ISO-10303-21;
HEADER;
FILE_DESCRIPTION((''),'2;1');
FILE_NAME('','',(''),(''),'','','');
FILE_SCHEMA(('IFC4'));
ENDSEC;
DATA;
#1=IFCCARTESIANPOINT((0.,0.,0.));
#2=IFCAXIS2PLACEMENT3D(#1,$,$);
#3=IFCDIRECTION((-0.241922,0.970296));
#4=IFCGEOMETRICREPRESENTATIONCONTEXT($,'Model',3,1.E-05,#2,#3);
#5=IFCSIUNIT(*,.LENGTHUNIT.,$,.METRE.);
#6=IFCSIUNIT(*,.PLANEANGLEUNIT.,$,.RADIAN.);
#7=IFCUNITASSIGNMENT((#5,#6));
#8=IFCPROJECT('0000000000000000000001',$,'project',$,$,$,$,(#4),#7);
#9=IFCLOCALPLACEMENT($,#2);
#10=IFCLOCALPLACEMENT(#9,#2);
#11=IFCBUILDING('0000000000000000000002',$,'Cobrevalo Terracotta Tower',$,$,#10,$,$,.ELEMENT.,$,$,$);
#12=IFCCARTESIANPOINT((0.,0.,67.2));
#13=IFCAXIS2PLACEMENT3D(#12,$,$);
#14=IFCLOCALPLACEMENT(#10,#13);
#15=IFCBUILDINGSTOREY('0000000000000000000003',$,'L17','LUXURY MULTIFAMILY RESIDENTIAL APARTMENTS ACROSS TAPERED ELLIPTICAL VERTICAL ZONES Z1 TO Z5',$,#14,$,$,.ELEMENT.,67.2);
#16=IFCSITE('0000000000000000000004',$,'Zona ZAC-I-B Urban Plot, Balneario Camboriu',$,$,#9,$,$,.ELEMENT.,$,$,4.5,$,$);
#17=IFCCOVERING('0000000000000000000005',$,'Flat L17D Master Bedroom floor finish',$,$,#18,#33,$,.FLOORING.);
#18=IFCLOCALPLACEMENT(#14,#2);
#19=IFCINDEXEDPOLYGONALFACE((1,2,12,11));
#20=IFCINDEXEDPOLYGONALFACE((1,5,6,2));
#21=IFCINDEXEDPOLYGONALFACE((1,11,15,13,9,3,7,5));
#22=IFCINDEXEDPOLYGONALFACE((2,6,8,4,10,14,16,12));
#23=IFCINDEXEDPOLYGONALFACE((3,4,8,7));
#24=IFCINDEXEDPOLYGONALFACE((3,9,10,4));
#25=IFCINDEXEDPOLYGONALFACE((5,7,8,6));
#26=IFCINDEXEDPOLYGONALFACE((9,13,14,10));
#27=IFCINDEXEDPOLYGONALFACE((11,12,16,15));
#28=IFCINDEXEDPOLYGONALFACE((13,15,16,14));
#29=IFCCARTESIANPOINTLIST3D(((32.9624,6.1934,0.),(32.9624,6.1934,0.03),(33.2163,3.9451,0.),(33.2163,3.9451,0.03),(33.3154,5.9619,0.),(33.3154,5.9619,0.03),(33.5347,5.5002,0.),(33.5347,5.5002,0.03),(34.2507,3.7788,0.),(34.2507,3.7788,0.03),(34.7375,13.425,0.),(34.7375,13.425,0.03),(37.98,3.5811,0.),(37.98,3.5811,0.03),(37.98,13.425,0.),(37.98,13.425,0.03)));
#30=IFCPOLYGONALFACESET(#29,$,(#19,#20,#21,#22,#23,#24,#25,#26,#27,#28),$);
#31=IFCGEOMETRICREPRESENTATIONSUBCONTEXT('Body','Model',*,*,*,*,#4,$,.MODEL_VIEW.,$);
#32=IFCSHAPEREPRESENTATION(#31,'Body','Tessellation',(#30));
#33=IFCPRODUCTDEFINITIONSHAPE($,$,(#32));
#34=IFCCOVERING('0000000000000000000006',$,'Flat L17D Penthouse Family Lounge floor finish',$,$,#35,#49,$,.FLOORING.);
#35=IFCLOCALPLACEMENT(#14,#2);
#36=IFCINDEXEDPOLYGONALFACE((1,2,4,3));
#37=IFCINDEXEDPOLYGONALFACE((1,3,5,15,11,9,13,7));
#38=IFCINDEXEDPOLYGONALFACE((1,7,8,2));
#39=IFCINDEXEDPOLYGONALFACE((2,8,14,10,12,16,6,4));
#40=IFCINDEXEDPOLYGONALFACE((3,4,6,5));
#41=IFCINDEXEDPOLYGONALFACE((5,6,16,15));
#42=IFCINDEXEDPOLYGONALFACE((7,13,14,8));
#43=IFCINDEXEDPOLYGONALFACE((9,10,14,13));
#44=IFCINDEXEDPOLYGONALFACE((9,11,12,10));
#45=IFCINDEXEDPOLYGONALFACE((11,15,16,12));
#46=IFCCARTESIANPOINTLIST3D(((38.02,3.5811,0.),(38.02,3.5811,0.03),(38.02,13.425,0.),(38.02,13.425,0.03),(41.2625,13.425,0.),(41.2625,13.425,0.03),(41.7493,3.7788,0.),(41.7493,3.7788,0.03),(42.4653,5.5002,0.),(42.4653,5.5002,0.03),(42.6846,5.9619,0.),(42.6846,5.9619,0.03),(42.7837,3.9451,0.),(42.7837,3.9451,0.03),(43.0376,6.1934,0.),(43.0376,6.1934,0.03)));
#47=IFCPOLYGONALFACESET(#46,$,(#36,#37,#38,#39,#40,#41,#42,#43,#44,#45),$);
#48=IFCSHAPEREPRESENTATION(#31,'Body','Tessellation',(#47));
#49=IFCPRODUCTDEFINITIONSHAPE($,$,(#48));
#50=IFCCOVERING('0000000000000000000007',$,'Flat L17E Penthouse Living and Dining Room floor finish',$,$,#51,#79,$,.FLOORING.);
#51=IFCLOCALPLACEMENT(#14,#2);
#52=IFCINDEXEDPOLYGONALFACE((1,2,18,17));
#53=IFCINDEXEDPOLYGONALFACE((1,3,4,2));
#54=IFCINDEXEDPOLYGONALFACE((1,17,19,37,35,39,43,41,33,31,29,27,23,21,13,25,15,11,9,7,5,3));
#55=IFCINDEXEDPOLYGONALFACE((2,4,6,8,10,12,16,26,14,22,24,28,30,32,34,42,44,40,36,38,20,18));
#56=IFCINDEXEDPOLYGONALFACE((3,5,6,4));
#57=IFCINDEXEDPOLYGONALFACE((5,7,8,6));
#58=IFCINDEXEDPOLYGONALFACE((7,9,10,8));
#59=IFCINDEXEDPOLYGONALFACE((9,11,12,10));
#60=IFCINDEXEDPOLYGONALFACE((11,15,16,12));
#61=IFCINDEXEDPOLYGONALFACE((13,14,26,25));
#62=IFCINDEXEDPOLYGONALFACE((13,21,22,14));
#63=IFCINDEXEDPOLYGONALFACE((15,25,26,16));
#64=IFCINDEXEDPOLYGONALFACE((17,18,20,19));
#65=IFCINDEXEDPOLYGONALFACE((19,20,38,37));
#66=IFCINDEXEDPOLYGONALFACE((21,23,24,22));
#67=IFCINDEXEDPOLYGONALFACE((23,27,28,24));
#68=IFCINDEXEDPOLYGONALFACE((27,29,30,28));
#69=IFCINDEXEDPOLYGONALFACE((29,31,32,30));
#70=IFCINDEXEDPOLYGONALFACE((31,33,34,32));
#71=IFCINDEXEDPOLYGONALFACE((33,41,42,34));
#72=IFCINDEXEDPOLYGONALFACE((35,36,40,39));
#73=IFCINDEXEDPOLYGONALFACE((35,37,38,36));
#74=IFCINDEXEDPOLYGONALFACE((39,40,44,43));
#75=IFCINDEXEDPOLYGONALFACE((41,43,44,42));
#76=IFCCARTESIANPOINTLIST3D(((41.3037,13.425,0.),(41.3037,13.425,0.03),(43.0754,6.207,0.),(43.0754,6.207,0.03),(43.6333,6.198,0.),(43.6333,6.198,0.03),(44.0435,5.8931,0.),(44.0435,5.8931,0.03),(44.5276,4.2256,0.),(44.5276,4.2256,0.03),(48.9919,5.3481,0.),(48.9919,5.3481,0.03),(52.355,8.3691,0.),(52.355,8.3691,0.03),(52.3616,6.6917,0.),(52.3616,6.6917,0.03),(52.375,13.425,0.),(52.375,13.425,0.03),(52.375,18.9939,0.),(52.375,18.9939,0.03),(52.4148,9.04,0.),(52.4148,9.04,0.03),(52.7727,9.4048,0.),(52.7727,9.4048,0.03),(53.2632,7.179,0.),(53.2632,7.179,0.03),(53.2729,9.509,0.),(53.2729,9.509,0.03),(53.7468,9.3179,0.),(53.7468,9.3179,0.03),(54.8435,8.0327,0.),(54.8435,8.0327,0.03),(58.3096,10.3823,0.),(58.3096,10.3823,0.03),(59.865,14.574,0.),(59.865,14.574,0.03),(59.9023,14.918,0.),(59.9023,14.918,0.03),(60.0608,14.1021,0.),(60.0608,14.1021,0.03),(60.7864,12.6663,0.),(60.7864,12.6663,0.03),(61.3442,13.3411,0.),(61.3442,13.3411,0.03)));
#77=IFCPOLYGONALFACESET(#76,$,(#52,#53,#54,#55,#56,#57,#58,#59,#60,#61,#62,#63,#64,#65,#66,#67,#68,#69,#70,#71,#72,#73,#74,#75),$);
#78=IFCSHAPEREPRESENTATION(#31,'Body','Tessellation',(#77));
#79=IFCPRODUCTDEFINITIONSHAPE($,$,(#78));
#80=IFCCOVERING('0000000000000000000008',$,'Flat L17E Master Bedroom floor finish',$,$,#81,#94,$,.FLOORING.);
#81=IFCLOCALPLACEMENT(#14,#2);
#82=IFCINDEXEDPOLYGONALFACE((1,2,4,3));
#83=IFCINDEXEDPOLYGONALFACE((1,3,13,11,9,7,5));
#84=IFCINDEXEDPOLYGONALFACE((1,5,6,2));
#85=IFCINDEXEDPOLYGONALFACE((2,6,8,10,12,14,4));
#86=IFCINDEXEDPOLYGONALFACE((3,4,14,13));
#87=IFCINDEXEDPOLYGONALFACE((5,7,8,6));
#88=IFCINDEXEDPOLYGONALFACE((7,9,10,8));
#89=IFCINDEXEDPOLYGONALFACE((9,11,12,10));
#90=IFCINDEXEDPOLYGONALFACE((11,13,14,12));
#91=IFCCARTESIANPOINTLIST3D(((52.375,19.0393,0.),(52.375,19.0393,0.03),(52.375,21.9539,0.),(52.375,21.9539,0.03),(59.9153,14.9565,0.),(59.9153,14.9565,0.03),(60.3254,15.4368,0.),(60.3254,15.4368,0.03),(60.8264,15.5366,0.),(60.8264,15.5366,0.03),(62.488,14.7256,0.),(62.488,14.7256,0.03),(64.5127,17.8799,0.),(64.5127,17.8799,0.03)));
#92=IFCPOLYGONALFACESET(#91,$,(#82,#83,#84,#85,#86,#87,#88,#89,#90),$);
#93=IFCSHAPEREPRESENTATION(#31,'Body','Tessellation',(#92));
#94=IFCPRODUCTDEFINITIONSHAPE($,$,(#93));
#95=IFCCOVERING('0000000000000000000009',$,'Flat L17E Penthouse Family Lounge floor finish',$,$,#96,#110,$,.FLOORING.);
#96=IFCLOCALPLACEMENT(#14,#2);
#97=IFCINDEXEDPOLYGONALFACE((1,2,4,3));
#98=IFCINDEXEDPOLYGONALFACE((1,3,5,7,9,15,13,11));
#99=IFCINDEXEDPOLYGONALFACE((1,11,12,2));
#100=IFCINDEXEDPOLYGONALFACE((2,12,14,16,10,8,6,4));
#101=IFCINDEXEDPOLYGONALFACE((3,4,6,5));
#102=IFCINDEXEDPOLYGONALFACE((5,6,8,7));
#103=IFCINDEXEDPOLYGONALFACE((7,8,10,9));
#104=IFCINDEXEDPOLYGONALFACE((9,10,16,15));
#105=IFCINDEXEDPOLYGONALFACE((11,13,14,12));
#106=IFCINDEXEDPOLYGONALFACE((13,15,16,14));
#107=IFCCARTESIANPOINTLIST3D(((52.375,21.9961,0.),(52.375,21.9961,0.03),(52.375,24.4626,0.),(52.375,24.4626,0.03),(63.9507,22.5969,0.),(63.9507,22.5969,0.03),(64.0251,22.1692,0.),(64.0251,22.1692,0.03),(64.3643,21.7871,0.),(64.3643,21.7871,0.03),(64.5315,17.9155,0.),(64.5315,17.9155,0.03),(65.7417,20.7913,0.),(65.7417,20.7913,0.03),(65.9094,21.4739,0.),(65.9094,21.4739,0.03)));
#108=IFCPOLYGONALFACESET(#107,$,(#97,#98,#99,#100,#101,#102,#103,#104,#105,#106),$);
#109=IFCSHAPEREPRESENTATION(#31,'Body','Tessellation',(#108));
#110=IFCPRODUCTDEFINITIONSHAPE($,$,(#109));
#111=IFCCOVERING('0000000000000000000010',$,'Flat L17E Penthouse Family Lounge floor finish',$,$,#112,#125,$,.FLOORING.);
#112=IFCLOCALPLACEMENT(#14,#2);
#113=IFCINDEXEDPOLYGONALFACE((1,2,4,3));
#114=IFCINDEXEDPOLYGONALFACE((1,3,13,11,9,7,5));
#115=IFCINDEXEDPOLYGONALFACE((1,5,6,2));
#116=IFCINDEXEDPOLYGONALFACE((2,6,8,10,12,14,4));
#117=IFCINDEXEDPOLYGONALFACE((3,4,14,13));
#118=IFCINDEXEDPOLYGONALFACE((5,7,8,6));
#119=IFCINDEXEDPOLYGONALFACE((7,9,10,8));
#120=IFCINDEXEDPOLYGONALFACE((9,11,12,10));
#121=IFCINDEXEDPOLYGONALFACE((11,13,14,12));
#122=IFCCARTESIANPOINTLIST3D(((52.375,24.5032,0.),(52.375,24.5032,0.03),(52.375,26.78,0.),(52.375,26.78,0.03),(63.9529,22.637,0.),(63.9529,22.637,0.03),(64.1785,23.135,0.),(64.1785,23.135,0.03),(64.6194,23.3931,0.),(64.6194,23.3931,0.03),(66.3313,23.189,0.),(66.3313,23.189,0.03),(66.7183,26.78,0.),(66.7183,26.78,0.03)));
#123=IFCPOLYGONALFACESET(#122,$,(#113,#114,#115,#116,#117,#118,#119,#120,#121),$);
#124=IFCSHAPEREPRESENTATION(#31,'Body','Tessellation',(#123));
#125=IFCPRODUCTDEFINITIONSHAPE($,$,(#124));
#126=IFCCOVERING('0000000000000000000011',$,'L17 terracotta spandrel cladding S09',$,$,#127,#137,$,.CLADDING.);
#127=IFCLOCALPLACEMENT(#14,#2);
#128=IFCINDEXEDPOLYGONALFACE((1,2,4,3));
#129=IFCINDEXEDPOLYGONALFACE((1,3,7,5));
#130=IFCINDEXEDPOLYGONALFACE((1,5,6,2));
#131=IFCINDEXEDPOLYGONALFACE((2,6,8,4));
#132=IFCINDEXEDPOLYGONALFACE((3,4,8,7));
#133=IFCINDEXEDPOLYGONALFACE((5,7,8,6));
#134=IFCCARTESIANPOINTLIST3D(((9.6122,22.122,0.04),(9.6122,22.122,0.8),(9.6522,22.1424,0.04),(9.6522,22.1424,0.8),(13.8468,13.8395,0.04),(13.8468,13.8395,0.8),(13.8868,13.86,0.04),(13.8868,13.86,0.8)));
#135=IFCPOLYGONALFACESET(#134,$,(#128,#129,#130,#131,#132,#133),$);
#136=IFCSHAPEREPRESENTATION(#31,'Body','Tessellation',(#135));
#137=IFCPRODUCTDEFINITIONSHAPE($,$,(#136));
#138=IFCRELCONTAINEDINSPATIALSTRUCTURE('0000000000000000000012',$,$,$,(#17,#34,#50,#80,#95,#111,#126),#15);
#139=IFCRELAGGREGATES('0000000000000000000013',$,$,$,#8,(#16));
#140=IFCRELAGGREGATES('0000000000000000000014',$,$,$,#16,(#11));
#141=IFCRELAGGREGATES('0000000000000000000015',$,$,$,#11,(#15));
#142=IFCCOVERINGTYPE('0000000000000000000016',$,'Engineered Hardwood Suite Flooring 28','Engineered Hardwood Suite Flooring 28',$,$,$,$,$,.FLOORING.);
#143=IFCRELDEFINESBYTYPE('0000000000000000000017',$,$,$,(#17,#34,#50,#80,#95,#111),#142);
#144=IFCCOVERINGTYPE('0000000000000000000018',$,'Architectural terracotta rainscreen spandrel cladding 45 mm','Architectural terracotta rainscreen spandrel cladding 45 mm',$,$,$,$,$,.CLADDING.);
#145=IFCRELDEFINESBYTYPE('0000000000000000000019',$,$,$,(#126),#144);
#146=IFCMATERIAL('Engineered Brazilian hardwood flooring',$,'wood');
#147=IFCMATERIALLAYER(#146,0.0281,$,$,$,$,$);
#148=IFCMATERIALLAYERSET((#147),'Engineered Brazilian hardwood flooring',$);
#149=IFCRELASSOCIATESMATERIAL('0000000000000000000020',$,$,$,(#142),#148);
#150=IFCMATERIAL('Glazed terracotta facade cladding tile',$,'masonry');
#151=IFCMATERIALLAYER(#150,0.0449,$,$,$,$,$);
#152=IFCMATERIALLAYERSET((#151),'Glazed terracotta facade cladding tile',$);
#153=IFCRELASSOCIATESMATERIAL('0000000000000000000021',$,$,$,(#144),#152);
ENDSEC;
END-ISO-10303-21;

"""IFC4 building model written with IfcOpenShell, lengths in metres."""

from ifc_helpers import new_model, si_unit, direction, frame, origin, origin_2d, place, context, subcontext, project, spatial, polyline, rectangle, outline, extrude, source, transform, mapped, material, layer, layer_set, type_object, element, save


model = new_model("IFC4")

# Units and contexts
model_context = context("Model", 3, precision=1e-05, world=origin(), true_north=direction((-0.241922, 0.970296)))
body_context = subcontext(model_context, "Body", "Model", "MODEL_VIEW")
ifc_project = project(units=[si_unit("LENGTHUNIT", "METRE"), si_unit("PLANEANGLEUNIT", "RADIAN")], contexts=[model_context])

# Site, building, storey
site_placement = place(None, origin())
site = spatial("IfcSite", under=ifc_project, at=site_placement, Name="Zona ZAC-I-B Urban Plot, Balneario Camboriu", CompositionType="ELEMENT", RefElevation=4.5)
building_placement = place(site_placement, origin())
building = spatial("IfcBuilding", under=site, at=building_placement, Name="Cobrevalo Terracotta Tower", CompositionType="ELEMENT")
storey_placement = place(building_placement, frame((0.0, 0.0, 67.2)))
storey = spatial("IfcBuildingStorey", under=building, at=storey_placement, Name="L17", Description="LUXURY MULTIFAMILY RESIDENTIAL APARTMENTS ACROSS TAPERED ELLIPTICAL VERTICAL ZONES Z1 TO Z5", CompositionType="ELEMENT", Elevation=67.2)

# Coverings
ifc_material_1 = material(Name="Engineered Brazilian hardwood flooring", Category="wood")
ifc_layer_1 = layer(ifc_material_1, 0.0281)
ifc_layer_set_1 = layer_set([ifc_layer_1], Name="Engineered Brazilian hardwood flooring")
covering_type_1 = type_object("IfcCoveringType", Name="Engineered Hardwood Suite Flooring 28", Description="Engineered Hardwood Suite Flooring 28", PredefinedType="FLOORING", material=ifc_layer_set_1)
covering_1_placement = place(storey_placement, origin())
element("IfcCovering", 1, at=covering_1_placement, inside=storey, type_object=covering_type_1, Name="Flat L17D Master Bedroom floor finish", PredefinedType="FLOORING", context=body_context, shape_type="SweptSolid", body=[
    extrude(outline(polyline([(33.2163, 3.9451), (33.5347, 5.5002), (33.3154, 5.9619), (32.9624, 6.1934), (34.7375, 13.425), (37.98, 13.425), (37.98, 3.5811), (34.2507, 3.7788), (33.2163, 3.9451)])), origin(), (0.0, 0.0, 1.0), 0.03),
])
covering_2_placement = place(storey_placement, origin())
element("IfcCovering", 2, at=covering_2_placement, inside=storey, type_object=covering_type_1, Name="Flat L17D Penthouse Family Lounge floor finish", PredefinedType="FLOORING", context=body_context, shape_type="SweptSolid", body=[
    extrude(outline(polyline([(38.02, 13.425), (41.2625, 13.425), (43.0376, 6.1934), (42.6846, 5.9619), (42.4653, 5.5002), (42.7837, 3.9451), (41.7493, 3.7788), (38.02, 3.5811), (38.02, 13.425)])), origin(), (0.0, 0.0, 1.0), 0.03),
])
covering_3_placement = place(storey_placement, origin())
element("IfcCovering", 3, at=covering_3_placement, inside=storey, type_object=covering_type_1, Name="Flat L17E Penthouse Living and Dining Room floor finish", PredefinedType="FLOORING", context=body_context, shape_type="SweptSolid", body=[
    extrude(outline(polyline([(58.3096, 10.3823), (54.8435, 8.0327), (53.7468, 9.3179), (53.2729, 9.509), (52.7727, 9.4048), (52.4148, 9.04), (52.355, 8.3691), (53.2632, 7.179), (52.3616, 6.6917), (48.9919, 5.3481), (44.5276, 4.2256), (44.0435, 5.8931), (43.6333, 6.198), (43.0754, 6.207), (41.3037, 13.425), (52.375, 13.425), (52.375, 18.9939), (59.9023, 14.918), (59.865, 14.574), (60.0608, 14.1021), (61.3442, 13.3411), (60.7864, 12.6663), (58.3096, 10.3823)])), origin(), (0.0, 0.0, 1.0), 0.03),
])
covering_4_placement = place(storey_placement, origin())
element("IfcCovering", 4, at=covering_4_placement, inside=storey, type_object=covering_type_1, Name="Flat L17E Master Bedroom floor finish", PredefinedType="FLOORING", context=body_context, shape_type="SweptSolid", body=[
    extrude(outline(polyline([(62.488, 14.7256), (60.8264, 15.5366), (60.3254, 15.4368), (59.9153, 14.9565), (52.375, 19.0393), (52.375, 21.9539), (64.5127, 17.8799), (62.488, 14.7256)])), origin(), (0.0, 0.0, 1.0), 0.03),
])
covering_5_placement = place(storey_placement, origin())
element("IfcCovering", 5, at=covering_5_placement, inside=storey, type_object=covering_type_1, Name="Flat L17E Penthouse Family Lounge floor finish", PredefinedType="FLOORING", context=body_context, shape_type="SweptSolid", body=[
    extrude(outline(polyline([(52.375, 21.9961), (52.375, 24.4626), (63.9507, 22.5969), (64.0251, 22.1692), (64.3643, 21.7871), (65.9094, 21.4739), (65.7417, 20.7913), (64.5315, 17.9155), (52.375, 21.9961)])), origin(), (0.0, 0.0, 1.0), 0.03),
])
covering_6_placement = place(storey_placement, origin())
element("IfcCovering", 6, at=covering_6_placement, inside=storey, type_object=covering_type_1, Name="Flat L17E Penthouse Family Lounge floor finish", PredefinedType="FLOORING", context=body_context, shape_type="SweptSolid", body=[
    extrude(outline(polyline([(66.7183, 26.78), (66.3313, 23.189), (64.6194, 23.3931), (64.1785, 23.135), (63.9529, 22.637), (52.375, 24.5032), (52.375, 26.78), (66.7183, 26.78)])), origin(), (0.0, 0.0, 1.0), 0.03),
])
ifc_material_2 = material(Name="Glazed terracotta facade cladding tile", Category="masonry")
ifc_layer_2 = layer(ifc_material_2, 0.0449)
ifc_layer_set_2 = layer_set([ifc_layer_2], Name="Glazed terracotta facade cladding tile")
covering_type_2 = type_object("IfcCoveringType", Name="Architectural terracotta rainscreen spandrel cladding 45 mm", Description="Architectural terracotta rainscreen spandrel cladding 45 mm", PredefinedType="CLADDING", material=ifc_layer_set_2)
shared_shape_1 = source(origin(), body_context, "Body", "SweptSolid", [
    extrude(rectangle(XDim=9.3022, YDim=0.0449, at=origin_2d()), origin(), (0.0, 0.0, 1.0), 0.76),
])
covering_7_placement = place(storey_placement, frame((11.7495, 17.991, 0.04), z_axis=(0.0, 0.0, 1.0), x_axis=(0.455231, -0.890373, 0.0)))
element("IfcCovering", 7, at=covering_7_placement, inside=storey, type_object=covering_type_2, Name="L17 terracotta spandrel cladding S09", PredefinedType="CLADDING", context=body_context, shape_type="MappedRepresentation", body=[
    mapped(shared_shape_1, transform((0.0, 0.0, 0.0), scale=1.0)),
])

save(model, "model.ifc")
